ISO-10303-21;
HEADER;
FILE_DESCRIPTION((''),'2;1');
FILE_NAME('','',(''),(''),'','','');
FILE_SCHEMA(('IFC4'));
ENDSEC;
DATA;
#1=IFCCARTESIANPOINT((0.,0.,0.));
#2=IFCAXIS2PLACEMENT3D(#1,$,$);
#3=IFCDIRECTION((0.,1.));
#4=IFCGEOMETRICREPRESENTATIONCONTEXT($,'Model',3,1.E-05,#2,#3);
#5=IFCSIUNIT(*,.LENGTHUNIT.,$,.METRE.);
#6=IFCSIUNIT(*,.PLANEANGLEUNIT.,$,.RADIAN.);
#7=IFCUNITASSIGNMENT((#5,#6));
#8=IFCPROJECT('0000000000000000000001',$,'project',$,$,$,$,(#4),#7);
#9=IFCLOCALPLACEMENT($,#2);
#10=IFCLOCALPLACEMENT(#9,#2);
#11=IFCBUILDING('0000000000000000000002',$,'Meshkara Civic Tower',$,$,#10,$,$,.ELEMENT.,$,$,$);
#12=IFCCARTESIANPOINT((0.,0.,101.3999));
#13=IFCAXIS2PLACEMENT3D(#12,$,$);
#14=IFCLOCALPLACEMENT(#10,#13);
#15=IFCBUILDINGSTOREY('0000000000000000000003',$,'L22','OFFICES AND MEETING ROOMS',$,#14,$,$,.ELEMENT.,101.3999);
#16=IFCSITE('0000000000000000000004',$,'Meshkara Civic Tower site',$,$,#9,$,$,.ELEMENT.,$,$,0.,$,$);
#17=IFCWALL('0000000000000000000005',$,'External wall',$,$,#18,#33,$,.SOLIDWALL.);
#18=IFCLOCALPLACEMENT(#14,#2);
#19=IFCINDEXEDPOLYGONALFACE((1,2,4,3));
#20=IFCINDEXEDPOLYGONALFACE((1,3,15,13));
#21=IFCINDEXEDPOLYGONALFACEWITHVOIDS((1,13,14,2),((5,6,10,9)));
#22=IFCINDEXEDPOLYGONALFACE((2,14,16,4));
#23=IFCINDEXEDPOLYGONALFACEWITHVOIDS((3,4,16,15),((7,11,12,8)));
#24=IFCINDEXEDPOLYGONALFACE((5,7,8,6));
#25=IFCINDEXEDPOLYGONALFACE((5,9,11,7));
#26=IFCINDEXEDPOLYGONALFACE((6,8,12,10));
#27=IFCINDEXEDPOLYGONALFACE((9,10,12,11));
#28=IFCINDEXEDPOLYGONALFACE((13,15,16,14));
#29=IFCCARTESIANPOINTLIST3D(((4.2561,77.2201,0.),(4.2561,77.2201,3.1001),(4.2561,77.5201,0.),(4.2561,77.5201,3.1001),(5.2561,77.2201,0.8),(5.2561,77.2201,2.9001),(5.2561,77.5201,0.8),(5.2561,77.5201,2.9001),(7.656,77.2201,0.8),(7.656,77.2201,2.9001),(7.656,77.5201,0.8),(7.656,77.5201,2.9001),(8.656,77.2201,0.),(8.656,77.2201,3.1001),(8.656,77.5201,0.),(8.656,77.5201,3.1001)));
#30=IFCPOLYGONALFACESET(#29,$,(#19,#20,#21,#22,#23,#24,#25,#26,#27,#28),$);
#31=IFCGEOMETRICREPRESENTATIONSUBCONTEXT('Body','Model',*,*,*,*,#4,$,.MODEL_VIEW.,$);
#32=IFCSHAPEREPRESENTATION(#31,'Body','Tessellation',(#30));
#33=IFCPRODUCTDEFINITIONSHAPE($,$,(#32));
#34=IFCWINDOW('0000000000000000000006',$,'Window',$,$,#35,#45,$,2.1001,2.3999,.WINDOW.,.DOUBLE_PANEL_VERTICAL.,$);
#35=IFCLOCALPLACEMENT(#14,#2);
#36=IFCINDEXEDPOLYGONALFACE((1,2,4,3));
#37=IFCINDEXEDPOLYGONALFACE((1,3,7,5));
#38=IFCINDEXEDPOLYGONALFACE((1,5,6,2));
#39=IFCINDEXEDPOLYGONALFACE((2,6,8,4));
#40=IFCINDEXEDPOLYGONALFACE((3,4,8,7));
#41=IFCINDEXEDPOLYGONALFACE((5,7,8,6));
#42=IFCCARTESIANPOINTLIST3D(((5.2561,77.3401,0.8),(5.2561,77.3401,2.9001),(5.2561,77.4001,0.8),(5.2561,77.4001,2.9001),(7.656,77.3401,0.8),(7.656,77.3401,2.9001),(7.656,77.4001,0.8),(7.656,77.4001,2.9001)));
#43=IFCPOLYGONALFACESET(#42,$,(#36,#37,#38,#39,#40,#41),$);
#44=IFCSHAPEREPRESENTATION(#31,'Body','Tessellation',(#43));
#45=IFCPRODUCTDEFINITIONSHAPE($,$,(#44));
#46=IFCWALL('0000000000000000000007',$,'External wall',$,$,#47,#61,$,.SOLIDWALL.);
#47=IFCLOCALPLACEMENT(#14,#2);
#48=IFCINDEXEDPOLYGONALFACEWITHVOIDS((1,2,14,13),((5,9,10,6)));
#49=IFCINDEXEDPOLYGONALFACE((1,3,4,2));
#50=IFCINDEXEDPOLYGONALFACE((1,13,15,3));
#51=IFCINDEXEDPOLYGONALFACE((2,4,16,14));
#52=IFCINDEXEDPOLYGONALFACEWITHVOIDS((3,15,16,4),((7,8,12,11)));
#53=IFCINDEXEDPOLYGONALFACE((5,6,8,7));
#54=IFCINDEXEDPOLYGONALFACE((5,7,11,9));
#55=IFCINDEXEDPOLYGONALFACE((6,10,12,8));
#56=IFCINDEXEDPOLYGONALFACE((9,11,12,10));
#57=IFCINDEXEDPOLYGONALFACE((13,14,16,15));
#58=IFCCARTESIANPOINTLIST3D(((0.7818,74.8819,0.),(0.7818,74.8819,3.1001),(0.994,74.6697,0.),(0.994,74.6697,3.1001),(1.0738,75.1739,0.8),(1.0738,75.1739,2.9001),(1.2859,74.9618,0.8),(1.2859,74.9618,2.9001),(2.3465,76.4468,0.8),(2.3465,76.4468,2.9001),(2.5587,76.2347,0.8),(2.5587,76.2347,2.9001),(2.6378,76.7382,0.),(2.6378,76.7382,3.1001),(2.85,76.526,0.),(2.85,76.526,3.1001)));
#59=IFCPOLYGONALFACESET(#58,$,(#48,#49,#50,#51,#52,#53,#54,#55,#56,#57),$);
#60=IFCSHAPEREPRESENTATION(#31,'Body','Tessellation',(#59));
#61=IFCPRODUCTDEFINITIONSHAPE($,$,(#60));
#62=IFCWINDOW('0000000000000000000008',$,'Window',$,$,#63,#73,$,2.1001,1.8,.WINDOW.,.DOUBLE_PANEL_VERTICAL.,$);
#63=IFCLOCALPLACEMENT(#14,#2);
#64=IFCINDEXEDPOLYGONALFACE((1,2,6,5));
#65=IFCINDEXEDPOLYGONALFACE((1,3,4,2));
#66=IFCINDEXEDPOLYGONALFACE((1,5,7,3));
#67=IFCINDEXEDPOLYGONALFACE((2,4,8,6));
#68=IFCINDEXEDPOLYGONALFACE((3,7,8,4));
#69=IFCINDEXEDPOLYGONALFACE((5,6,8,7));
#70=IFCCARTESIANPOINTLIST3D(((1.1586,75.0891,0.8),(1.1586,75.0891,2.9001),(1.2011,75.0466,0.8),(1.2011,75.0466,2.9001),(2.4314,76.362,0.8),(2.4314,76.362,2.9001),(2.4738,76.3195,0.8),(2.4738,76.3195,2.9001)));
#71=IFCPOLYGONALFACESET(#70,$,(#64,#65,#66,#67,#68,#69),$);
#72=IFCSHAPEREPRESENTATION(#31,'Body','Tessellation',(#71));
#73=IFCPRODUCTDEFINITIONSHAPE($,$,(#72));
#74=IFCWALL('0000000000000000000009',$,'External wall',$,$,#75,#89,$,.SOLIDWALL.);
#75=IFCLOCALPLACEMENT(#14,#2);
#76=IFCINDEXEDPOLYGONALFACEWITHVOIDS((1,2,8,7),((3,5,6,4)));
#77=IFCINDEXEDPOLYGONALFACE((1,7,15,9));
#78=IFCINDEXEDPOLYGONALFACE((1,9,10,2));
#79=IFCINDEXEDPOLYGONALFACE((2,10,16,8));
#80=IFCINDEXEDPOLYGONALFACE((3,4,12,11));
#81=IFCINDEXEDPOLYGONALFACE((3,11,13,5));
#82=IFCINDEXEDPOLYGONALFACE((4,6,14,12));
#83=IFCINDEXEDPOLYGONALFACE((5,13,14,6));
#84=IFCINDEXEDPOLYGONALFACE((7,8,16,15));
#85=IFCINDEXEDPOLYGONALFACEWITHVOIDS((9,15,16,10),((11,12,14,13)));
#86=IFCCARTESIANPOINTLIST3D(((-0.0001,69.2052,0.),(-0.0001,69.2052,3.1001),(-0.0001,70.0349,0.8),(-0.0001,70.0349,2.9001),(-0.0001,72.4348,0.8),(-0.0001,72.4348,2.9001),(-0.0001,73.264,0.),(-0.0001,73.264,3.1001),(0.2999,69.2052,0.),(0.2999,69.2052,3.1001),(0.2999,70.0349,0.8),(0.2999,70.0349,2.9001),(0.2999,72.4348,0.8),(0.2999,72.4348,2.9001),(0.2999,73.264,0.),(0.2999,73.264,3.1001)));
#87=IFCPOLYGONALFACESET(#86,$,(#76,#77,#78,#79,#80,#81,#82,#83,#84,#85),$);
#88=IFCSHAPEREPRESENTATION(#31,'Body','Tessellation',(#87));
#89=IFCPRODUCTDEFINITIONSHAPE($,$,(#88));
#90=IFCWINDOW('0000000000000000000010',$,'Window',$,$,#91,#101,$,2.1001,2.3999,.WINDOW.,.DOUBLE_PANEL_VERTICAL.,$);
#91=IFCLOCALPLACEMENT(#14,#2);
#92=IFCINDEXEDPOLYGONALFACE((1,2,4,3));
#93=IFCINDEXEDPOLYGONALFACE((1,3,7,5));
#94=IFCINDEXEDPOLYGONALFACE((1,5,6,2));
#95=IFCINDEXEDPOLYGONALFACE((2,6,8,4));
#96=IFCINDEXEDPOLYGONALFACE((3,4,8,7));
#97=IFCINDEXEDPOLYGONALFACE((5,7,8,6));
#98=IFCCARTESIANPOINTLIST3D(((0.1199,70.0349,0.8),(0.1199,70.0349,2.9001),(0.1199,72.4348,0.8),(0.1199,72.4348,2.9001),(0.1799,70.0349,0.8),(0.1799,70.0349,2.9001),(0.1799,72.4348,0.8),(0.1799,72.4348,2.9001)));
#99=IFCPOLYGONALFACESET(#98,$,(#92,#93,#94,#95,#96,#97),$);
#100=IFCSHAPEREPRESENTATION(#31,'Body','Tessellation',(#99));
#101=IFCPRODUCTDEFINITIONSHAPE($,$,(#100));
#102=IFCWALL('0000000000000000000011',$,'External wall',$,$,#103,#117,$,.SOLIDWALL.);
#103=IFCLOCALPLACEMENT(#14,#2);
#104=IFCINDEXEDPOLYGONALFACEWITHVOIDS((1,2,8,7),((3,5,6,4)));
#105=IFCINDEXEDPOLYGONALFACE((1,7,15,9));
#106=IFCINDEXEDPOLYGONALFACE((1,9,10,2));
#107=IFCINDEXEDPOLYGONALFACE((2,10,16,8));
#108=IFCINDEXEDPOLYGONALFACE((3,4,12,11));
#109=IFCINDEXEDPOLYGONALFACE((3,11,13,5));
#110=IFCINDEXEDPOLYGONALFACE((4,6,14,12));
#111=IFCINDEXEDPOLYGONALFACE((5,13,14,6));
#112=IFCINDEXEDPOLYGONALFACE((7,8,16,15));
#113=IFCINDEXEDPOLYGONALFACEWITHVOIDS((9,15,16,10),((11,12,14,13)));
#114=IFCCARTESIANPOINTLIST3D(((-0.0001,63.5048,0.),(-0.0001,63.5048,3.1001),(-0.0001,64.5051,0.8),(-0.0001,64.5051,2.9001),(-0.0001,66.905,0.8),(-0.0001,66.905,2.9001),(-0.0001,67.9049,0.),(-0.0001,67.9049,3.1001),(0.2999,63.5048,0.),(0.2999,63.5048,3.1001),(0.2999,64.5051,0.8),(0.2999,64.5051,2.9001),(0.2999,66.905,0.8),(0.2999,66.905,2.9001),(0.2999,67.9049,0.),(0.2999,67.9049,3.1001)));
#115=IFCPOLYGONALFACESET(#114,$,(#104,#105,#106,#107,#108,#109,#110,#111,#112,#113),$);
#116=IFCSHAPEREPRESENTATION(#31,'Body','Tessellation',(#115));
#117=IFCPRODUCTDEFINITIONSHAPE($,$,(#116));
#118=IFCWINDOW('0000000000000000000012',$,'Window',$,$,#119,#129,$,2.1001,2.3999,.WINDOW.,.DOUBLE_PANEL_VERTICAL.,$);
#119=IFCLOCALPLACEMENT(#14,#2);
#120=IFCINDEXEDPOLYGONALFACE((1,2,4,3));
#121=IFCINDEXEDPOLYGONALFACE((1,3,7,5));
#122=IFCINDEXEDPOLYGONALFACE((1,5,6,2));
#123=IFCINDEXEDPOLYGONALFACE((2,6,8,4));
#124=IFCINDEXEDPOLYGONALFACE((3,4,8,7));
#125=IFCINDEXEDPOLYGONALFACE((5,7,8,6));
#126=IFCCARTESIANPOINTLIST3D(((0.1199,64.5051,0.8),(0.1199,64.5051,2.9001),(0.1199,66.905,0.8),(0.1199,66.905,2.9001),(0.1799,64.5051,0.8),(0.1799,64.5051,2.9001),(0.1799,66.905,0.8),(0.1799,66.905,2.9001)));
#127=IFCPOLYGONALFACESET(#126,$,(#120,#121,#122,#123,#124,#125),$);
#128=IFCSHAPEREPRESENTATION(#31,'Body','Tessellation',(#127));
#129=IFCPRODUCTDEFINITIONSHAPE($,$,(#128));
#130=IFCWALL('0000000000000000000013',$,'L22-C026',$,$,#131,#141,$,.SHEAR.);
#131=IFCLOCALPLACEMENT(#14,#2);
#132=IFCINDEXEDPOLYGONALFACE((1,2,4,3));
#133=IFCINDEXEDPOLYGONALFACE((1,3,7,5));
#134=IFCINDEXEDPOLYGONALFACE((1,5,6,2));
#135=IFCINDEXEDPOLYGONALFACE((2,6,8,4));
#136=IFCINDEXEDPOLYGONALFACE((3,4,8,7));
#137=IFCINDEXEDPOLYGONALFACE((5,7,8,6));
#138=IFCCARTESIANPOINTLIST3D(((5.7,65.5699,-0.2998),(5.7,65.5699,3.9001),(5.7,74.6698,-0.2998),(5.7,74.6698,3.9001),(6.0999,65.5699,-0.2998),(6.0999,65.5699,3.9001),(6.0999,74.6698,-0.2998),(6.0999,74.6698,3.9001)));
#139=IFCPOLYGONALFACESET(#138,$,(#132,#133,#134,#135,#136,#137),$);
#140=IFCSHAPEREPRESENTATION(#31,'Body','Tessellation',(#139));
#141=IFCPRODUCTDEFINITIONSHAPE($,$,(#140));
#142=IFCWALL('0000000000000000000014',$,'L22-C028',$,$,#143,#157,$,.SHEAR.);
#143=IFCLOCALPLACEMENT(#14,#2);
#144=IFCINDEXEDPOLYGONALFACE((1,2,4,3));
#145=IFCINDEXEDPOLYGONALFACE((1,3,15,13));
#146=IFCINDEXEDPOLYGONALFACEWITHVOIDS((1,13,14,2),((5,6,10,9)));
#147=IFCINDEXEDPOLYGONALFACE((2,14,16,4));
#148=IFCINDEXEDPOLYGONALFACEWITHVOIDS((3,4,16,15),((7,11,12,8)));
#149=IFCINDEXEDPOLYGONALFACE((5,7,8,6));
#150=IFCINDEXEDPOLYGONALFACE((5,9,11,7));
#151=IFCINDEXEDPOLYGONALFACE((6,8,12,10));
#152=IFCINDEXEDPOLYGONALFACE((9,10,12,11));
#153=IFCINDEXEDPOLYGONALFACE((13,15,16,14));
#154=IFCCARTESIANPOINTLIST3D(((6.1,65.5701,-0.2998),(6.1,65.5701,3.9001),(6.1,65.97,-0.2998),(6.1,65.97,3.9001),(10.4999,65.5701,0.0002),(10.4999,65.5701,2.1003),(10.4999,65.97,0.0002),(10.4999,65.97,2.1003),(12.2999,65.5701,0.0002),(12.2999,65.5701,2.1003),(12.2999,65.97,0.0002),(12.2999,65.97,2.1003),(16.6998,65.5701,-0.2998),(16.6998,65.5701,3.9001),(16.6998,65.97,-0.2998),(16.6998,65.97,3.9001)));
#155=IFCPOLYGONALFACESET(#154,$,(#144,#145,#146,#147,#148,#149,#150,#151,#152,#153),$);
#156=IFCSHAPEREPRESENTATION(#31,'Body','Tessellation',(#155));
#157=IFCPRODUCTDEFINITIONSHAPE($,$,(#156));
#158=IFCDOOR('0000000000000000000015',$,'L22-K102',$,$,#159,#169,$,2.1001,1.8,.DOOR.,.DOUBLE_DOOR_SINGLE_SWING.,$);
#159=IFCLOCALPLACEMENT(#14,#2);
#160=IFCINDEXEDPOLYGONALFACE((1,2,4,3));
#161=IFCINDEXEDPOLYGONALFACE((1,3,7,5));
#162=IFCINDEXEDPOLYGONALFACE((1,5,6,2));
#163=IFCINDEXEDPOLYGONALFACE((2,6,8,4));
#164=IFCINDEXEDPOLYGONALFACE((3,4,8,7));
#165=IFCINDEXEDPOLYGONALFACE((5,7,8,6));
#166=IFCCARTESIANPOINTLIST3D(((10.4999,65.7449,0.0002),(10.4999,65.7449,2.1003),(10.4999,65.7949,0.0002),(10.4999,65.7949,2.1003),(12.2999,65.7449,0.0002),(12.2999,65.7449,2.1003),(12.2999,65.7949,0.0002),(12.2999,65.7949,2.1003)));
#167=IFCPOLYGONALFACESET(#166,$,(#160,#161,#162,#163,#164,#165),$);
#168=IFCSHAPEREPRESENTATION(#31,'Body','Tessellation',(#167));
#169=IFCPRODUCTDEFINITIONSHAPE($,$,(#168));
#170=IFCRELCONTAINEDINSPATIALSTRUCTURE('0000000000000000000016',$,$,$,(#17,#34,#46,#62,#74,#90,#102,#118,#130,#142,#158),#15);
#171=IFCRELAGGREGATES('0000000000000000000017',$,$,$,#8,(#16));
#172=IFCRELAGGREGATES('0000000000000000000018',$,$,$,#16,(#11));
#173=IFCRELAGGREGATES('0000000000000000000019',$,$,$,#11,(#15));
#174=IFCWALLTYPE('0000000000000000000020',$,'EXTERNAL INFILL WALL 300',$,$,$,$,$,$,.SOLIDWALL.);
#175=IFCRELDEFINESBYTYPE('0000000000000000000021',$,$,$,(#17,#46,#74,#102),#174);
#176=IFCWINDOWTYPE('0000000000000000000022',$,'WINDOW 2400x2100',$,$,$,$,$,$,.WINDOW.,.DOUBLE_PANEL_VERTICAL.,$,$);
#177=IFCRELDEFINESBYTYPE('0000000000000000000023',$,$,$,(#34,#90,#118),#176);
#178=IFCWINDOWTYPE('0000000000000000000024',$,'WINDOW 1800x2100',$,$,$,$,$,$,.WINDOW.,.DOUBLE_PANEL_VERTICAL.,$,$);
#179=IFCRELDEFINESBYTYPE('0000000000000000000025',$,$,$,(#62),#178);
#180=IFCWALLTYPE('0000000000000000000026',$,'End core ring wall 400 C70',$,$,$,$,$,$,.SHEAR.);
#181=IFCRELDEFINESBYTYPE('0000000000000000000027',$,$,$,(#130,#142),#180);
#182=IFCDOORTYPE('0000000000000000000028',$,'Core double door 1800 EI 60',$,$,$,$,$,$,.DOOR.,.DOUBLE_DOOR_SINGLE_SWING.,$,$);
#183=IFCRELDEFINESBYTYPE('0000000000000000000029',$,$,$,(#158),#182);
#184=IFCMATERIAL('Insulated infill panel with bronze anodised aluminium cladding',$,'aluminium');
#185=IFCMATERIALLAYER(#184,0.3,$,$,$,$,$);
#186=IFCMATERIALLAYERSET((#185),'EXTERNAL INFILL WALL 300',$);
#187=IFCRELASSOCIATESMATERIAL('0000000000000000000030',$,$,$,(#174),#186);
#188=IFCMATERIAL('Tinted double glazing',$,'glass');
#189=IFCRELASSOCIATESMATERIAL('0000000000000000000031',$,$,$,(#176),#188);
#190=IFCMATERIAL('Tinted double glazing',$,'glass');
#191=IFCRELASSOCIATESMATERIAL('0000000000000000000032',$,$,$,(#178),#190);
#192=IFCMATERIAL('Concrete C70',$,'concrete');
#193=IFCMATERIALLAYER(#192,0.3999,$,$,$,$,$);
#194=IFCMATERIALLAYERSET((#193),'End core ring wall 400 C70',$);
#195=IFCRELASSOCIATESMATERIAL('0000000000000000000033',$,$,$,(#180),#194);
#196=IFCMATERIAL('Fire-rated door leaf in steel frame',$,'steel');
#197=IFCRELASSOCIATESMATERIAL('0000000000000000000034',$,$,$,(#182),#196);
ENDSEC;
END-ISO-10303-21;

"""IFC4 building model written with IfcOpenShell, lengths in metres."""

from ifc_helpers import new_model, si_unit, direction, frame, frame_2d, origin, place, context, subcontext, project, spatial, rectangle, extrude, material, layer, layer_set, type_object, element, fill, save


model = new_model("IFC4")

# Units and contexts
model_context = context("Model", 3, precision=1e-05, world=origin(), true_north=direction((0.0, 1.0)))
body_context = subcontext(model_context, "Body", "Model", "MODEL_VIEW")
ifc_project = project(units=[si_unit("LENGTHUNIT", "METRE"), si_unit("PLANEANGLEUNIT", "RADIAN")], contexts=[model_context])

# Site, building, storey
site_placement = place(None, origin())
site = spatial("IfcSite", under=ifc_project, at=site_placement, Name="Meshkara Civic Tower site", CompositionType="ELEMENT", RefElevation=0.0)
building_placement = place(site_placement, origin())
building = spatial("IfcBuilding", under=site, at=building_placement, Name="Meshkara Civic Tower", CompositionType="ELEMENT")
storey_placement = place(building_placement, frame((0.0, 0.0, 101.3999)))
storey = spatial("IfcBuildingStorey", under=building, at=storey_placement, Name="L22", Description="OFFICES AND MEETING ROOMS", CompositionType="ELEMENT", Elevation=101.3999)

# Walls, openings, windows
ifc_material_1 = material(Name="Insulated infill panel with bronze anodised aluminium cladding", Category="aluminium")
ifc_layer_1 = layer(ifc_material_1, 0.3)
ifc_layer_set_1 = layer_set([ifc_layer_1], Name="EXTERNAL INFILL WALL 300")
wall_type_1 = type_object("IfcWallType", Name="EXTERNAL INFILL WALL 300", PredefinedType="SOLIDWALL", material=ifc_layer_set_1)
wall_1_placement = place(storey_placement, frame((8.656, 77.3701, 0.0), z_axis=(0.0, 0.0, 1.0), x_axis=(-1.0, 0.0, 0.0)))
wall_1 = element("IfcWall", 1, at=wall_1_placement, inside=storey, type_object=wall_type_1, Name="External wall", PredefinedType="SOLIDWALL", context=body_context, shape_type="SweptSolid", body=[
    extrude(rectangle(XDim=4.3999, YDim=0.3, at=frame_2d((2.2, 0.0))), origin(), (0.0, 0.0, 1.0), 3.1001),
])
opening_1_placement = place(wall_1_placement, frame((1.0, 0.0, 0.8)))
opening_1 = element("IfcOpeningElement", 2, at=opening_1_placement, cuts=wall_1, PredefinedType="OPENING", context=body_context, shape_type="SweptSolid", body=[
    extrude(rectangle(XDim=2.3999, YDim=2.1001, at=frame_2d((1.2, 1.05))), frame((0.0, 0.1599, 0.0), z_axis=(0.0, -1.0, 0.0), x_axis=(1.0, 0.0, 0.0)), (0.0, 0.0, 1.0), 0.3201),
])
ifc_material_2 = material(Name="Tinted double glazing", Category="glass")
window_type_1 = type_object("IfcWindowType", Name="WINDOW 2400x2100", PartitioningType="DOUBLE_PANEL_VERTICAL", PredefinedType="WINDOW", material=ifc_material_2)
window_1_placement = place(opening_1_placement, origin())
window_1 = element("IfcWindow", 3, at=window_1_placement, inside=storey, type_object=window_type_1, Name="Window", OverallHeight=2.1001, OverallWidth=2.3999, PartitioningType="DOUBLE_PANEL_VERTICAL", PredefinedType="WINDOW", context=body_context, shape_type="SweptSolid", body=[
    extrude(rectangle(XDim=2.3999, YDim=2.1001, at=frame_2d((1.2, 1.05))), frame((0.0, 0.03, 0.0), z_axis=(0.0, -1.0, 0.0), x_axis=(1.0, 0.0, 0.0)), (0.0, 0.0, 1.0), 0.0601),
])
fill(opening_1, window_1)
wall_2_placement = place(storey_placement, frame((2.7439, 76.6321, 0.0), z_axis=(0.0, 0.0, 1.0), x_axis=(-0.70706, -0.707153, 0.0)))
wall_2 = element("IfcWall", 4, at=wall_2_placement, inside=storey, type_object=wall_type_1, Name="External wall", PredefinedType="SOLIDWALL", context=body_context, shape_type="SweptSolid", body=[
    extrude(rectangle(XDim=2.625, YDim=0.3, at=frame_2d((1.3125, 0.0))), origin(), (0.0, 0.0, 1.0), 3.1001),
])
opening_2_placement = place(wall_2_placement, frame((0.4121, 0.0, 0.8)))
opening_2 = element("IfcOpeningElement", 5, at=opening_2_placement, cuts=wall_2, PredefinedType="OPENING", context=body_context, shape_type="SweptSolid", body=[
    extrude(rectangle(XDim=1.8, YDim=2.1001, at=frame_2d((0.8999, 1.05))), frame((0.0, 0.1599, 0.0), z_axis=(0.0, -1.0, 0.0), x_axis=(1.0, 0.0, 0.0)), (0.0, 0.0, 1.0), 0.3201),
])
ifc_material_3 = material(Name="Tinted double glazing", Category="glass")
window_type_2 = type_object("IfcWindowType", Name="WINDOW 1800x2100", PartitioningType="DOUBLE_PANEL_VERTICAL", PredefinedType="WINDOW", material=ifc_material_3)
window_2_placement = place(opening_2_placement, origin())
window_2 = element("IfcWindow", 6, at=window_2_placement, inside=storey, type_object=window_type_2, Name="Window", OverallHeight=2.1001, OverallWidth=1.8, PartitioningType="DOUBLE_PANEL_VERTICAL", PredefinedType="WINDOW", context=body_context, shape_type="SweptSolid", body=[
    extrude(rectangle(XDim=1.8, YDim=2.1001, at=frame_2d((0.8999, 1.05))), frame((0.0, 0.03, 0.0), z_axis=(0.0, -1.0, 0.0), x_axis=(1.0, 0.0, 0.0)), (0.0, 0.0, 1.0), 0.0601),
])
fill(opening_2, window_2)
wall_3_placement = place(storey_placement, frame((0.1499, 73.2639, 0.0), z_axis=(0.0, 0.0, 1.0), x_axis=(0.0, -1.0, 0.0)))
wall_3 = element("IfcWall", 7, at=wall_3_placement, inside=storey, type_object=wall_type_1, Name="External wall", PredefinedType="SOLIDWALL", context=body_context, shape_type="SweptSolid", body=[
    extrude(rectangle(XDim=4.0588, YDim=0.3, at=frame_2d((2.0293, 0.0))), origin(), (0.0, 0.0, 1.0), 3.1001),
])
opening_3_placement = place(wall_3_placement, frame((0.8291, 0.0, 0.8)))
opening_3 = element("IfcOpeningElement", 8, at=opening_3_placement, cuts=wall_3, PredefinedType="OPENING", context=body_context, shape_type="SweptSolid", body=[
    extrude(rectangle(XDim=2.3999, YDim=2.1001, at=frame_2d((1.2, 1.05))), frame((0.0, 0.1599, 0.0), z_axis=(0.0, -1.0, 0.0), x_axis=(1.0, 0.0, 0.0)), (0.0, 0.0, 1.0), 0.3201),
])
window_3_placement = place(opening_3_placement, origin())
window_3 = element("IfcWindow", 9, at=window_3_placement, inside=storey, type_object=window_type_1, Name="Window", OverallHeight=2.1001, OverallWidth=2.3999, PartitioningType="DOUBLE_PANEL_VERTICAL", PredefinedType="WINDOW", context=body_context, shape_type="SweptSolid", body=[
    extrude(rectangle(XDim=2.3999, YDim=2.1001, at=frame_2d((1.2, 1.05))), frame((0.0, 0.03, 0.0), z_axis=(0.0, -1.0, 0.0), x_axis=(1.0, 0.0, 0.0)), (0.0, 0.0, 1.0), 0.0601),
])
fill(opening_3, window_3)
wall_4_placement = place(storey_placement, frame((0.1499, 67.905, 0.0), z_axis=(0.0, 0.0, 1.0), x_axis=(0.0, -1.0, 0.0)))
wall_4 = element("IfcWall", 10, at=wall_4_placement, inside=storey, type_object=wall_type_1, Name="External wall", PredefinedType="SOLIDWALL", context=body_context, shape_type="SweptSolid", body=[
    extrude(rectangle(XDim=4.4001, YDim=0.3, at=frame_2d((2.2002, 0.0))), origin(), (0.0, 0.0, 1.0), 3.1001),
])
opening_4_placement = place(wall_4_placement, frame((1.0, 0.0, 0.8)))
opening_4 = element("IfcOpeningElement", 11, at=opening_4_placement, cuts=wall_4, PredefinedType="OPENING", context=body_context, shape_type="SweptSolid", body=[
    extrude(rectangle(XDim=2.3999, YDim=2.1001, at=frame_2d((1.2, 1.05))), frame((0.0, 0.1599, 0.0), z_axis=(0.0, -1.0, 0.0), x_axis=(1.0, 0.0, 0.0)), (0.0, 0.0, 1.0), 0.3201),
])
window_4_placement = place(opening_4_placement, origin())
window_4 = element("IfcWindow", 12, at=window_4_placement, inside=storey, type_object=window_type_1, Name="Window", OverallHeight=2.1001, OverallWidth=2.3999, PartitioningType="DOUBLE_PANEL_VERTICAL", PredefinedType="WINDOW", context=body_context, shape_type="SweptSolid", body=[
    extrude(rectangle(XDim=2.3999, YDim=2.1001, at=frame_2d((1.2, 1.05))), frame((0.0, 0.03, 0.0), z_axis=(0.0, -1.0, 0.0), x_axis=(1.0, 0.0, 0.0)), (0.0, 0.0, 1.0), 0.0601),
])
fill(opening_4, window_4)

# Wall
ifc_material_4 = material(Name="Concrete C70", Category="concrete")
ifc_layer_2 = layer(ifc_material_4, 0.3999)
ifc_layer_set_2 = layer_set([ifc_layer_2], Name="End core ring wall 400 C70")
wall_type_2 = type_object("IfcWallType", Name="End core ring wall 400 C70", PredefinedType="SHEAR", material=ifc_layer_set_2)
wall_5_placement = place(storey_placement, frame((5.8999, 65.5701, -0.2998), z_axis=(0.0, 0.0, 1.0), x_axis=(0.0, 1.0, 0.0)))
element("IfcWall", 13, at=wall_5_placement, inside=storey, type_object=wall_type_2, Name="L22-C026", PredefinedType="SHEAR", context=body_context, shape_type="SweptSolid", body=[
    extrude(rectangle(XDim=9.0999, YDim=0.3999, at=frame_2d((4.5498, 0.0))), origin(), (0.0, 0.0, 1.0), 4.2),
])

# Wall, opening, door
wall_6_placement = place(storey_placement, frame((6.1001, 65.77, -0.2998), z_axis=(0.0, 0.0, 1.0), x_axis=(1.0, 0.0, 0.0)))
wall_6 = element("IfcWall", 14, at=wall_6_placement, inside=storey, type_object=wall_type_2, Name="L22-C028", PredefinedType="SHEAR", context=body_context, shape_type="SweptSolid", body=[
    extrude(rectangle(XDim=10.5999, YDim=0.3999, at=frame_2d((5.2998, 0.0))), origin(), (0.0, 0.0, 1.0), 4.2),
])
opening_5_placement = place(wall_6_placement, frame((4.3999, 0.0, 0.3)))
opening_5 = element("IfcOpeningElement", 15, at=opening_5_placement, cuts=wall_6, PredefinedType="OPENING", context=body_context, shape_type="SweptSolid", body=[
    extrude(rectangle(XDim=1.8, YDim=2.1001, at=frame_2d((0.8999, 1.05))), frame((0.0, 0.21, 0.0), z_axis=(0.0, -1.0, 0.0), x_axis=(1.0, 0.0, 0.0)), (0.0, 0.0, 1.0), 0.4199),
])
ifc_material_5 = material(Name="Fire-rated door leaf in steel frame", Category="steel")
door_type_1 = type_object("IfcDoorType", Name="Core double door 1800 EI 60", OperationType="DOUBLE_DOOR_SINGLE_SWING", PredefinedType="DOOR", material=ifc_material_5)
door_1_placement = place(opening_5_placement, origin())
door_1 = element("IfcDoor", 16, at=door_1_placement, inside=storey, type_object=door_type_1, Name="L22-K102", OperationType="DOUBLE_DOOR_SINGLE_SWING", OverallHeight=2.1001, OverallWidth=1.8, PredefinedType="DOOR", context=body_context, shape_type="SweptSolid", body=[
    extrude(rectangle(XDim=1.8, YDim=2.1001, at=frame_2d((0.8999, 1.05))), frame((0.0, 0.0249, 0.0), z_axis=(0.0, -1.0, 0.0), x_axis=(1.0, 0.0, 0.0)), (0.0, 0.0, 1.0), 0.05),
])
fill(opening_5, door_1)

save(model, "model.ifc")
